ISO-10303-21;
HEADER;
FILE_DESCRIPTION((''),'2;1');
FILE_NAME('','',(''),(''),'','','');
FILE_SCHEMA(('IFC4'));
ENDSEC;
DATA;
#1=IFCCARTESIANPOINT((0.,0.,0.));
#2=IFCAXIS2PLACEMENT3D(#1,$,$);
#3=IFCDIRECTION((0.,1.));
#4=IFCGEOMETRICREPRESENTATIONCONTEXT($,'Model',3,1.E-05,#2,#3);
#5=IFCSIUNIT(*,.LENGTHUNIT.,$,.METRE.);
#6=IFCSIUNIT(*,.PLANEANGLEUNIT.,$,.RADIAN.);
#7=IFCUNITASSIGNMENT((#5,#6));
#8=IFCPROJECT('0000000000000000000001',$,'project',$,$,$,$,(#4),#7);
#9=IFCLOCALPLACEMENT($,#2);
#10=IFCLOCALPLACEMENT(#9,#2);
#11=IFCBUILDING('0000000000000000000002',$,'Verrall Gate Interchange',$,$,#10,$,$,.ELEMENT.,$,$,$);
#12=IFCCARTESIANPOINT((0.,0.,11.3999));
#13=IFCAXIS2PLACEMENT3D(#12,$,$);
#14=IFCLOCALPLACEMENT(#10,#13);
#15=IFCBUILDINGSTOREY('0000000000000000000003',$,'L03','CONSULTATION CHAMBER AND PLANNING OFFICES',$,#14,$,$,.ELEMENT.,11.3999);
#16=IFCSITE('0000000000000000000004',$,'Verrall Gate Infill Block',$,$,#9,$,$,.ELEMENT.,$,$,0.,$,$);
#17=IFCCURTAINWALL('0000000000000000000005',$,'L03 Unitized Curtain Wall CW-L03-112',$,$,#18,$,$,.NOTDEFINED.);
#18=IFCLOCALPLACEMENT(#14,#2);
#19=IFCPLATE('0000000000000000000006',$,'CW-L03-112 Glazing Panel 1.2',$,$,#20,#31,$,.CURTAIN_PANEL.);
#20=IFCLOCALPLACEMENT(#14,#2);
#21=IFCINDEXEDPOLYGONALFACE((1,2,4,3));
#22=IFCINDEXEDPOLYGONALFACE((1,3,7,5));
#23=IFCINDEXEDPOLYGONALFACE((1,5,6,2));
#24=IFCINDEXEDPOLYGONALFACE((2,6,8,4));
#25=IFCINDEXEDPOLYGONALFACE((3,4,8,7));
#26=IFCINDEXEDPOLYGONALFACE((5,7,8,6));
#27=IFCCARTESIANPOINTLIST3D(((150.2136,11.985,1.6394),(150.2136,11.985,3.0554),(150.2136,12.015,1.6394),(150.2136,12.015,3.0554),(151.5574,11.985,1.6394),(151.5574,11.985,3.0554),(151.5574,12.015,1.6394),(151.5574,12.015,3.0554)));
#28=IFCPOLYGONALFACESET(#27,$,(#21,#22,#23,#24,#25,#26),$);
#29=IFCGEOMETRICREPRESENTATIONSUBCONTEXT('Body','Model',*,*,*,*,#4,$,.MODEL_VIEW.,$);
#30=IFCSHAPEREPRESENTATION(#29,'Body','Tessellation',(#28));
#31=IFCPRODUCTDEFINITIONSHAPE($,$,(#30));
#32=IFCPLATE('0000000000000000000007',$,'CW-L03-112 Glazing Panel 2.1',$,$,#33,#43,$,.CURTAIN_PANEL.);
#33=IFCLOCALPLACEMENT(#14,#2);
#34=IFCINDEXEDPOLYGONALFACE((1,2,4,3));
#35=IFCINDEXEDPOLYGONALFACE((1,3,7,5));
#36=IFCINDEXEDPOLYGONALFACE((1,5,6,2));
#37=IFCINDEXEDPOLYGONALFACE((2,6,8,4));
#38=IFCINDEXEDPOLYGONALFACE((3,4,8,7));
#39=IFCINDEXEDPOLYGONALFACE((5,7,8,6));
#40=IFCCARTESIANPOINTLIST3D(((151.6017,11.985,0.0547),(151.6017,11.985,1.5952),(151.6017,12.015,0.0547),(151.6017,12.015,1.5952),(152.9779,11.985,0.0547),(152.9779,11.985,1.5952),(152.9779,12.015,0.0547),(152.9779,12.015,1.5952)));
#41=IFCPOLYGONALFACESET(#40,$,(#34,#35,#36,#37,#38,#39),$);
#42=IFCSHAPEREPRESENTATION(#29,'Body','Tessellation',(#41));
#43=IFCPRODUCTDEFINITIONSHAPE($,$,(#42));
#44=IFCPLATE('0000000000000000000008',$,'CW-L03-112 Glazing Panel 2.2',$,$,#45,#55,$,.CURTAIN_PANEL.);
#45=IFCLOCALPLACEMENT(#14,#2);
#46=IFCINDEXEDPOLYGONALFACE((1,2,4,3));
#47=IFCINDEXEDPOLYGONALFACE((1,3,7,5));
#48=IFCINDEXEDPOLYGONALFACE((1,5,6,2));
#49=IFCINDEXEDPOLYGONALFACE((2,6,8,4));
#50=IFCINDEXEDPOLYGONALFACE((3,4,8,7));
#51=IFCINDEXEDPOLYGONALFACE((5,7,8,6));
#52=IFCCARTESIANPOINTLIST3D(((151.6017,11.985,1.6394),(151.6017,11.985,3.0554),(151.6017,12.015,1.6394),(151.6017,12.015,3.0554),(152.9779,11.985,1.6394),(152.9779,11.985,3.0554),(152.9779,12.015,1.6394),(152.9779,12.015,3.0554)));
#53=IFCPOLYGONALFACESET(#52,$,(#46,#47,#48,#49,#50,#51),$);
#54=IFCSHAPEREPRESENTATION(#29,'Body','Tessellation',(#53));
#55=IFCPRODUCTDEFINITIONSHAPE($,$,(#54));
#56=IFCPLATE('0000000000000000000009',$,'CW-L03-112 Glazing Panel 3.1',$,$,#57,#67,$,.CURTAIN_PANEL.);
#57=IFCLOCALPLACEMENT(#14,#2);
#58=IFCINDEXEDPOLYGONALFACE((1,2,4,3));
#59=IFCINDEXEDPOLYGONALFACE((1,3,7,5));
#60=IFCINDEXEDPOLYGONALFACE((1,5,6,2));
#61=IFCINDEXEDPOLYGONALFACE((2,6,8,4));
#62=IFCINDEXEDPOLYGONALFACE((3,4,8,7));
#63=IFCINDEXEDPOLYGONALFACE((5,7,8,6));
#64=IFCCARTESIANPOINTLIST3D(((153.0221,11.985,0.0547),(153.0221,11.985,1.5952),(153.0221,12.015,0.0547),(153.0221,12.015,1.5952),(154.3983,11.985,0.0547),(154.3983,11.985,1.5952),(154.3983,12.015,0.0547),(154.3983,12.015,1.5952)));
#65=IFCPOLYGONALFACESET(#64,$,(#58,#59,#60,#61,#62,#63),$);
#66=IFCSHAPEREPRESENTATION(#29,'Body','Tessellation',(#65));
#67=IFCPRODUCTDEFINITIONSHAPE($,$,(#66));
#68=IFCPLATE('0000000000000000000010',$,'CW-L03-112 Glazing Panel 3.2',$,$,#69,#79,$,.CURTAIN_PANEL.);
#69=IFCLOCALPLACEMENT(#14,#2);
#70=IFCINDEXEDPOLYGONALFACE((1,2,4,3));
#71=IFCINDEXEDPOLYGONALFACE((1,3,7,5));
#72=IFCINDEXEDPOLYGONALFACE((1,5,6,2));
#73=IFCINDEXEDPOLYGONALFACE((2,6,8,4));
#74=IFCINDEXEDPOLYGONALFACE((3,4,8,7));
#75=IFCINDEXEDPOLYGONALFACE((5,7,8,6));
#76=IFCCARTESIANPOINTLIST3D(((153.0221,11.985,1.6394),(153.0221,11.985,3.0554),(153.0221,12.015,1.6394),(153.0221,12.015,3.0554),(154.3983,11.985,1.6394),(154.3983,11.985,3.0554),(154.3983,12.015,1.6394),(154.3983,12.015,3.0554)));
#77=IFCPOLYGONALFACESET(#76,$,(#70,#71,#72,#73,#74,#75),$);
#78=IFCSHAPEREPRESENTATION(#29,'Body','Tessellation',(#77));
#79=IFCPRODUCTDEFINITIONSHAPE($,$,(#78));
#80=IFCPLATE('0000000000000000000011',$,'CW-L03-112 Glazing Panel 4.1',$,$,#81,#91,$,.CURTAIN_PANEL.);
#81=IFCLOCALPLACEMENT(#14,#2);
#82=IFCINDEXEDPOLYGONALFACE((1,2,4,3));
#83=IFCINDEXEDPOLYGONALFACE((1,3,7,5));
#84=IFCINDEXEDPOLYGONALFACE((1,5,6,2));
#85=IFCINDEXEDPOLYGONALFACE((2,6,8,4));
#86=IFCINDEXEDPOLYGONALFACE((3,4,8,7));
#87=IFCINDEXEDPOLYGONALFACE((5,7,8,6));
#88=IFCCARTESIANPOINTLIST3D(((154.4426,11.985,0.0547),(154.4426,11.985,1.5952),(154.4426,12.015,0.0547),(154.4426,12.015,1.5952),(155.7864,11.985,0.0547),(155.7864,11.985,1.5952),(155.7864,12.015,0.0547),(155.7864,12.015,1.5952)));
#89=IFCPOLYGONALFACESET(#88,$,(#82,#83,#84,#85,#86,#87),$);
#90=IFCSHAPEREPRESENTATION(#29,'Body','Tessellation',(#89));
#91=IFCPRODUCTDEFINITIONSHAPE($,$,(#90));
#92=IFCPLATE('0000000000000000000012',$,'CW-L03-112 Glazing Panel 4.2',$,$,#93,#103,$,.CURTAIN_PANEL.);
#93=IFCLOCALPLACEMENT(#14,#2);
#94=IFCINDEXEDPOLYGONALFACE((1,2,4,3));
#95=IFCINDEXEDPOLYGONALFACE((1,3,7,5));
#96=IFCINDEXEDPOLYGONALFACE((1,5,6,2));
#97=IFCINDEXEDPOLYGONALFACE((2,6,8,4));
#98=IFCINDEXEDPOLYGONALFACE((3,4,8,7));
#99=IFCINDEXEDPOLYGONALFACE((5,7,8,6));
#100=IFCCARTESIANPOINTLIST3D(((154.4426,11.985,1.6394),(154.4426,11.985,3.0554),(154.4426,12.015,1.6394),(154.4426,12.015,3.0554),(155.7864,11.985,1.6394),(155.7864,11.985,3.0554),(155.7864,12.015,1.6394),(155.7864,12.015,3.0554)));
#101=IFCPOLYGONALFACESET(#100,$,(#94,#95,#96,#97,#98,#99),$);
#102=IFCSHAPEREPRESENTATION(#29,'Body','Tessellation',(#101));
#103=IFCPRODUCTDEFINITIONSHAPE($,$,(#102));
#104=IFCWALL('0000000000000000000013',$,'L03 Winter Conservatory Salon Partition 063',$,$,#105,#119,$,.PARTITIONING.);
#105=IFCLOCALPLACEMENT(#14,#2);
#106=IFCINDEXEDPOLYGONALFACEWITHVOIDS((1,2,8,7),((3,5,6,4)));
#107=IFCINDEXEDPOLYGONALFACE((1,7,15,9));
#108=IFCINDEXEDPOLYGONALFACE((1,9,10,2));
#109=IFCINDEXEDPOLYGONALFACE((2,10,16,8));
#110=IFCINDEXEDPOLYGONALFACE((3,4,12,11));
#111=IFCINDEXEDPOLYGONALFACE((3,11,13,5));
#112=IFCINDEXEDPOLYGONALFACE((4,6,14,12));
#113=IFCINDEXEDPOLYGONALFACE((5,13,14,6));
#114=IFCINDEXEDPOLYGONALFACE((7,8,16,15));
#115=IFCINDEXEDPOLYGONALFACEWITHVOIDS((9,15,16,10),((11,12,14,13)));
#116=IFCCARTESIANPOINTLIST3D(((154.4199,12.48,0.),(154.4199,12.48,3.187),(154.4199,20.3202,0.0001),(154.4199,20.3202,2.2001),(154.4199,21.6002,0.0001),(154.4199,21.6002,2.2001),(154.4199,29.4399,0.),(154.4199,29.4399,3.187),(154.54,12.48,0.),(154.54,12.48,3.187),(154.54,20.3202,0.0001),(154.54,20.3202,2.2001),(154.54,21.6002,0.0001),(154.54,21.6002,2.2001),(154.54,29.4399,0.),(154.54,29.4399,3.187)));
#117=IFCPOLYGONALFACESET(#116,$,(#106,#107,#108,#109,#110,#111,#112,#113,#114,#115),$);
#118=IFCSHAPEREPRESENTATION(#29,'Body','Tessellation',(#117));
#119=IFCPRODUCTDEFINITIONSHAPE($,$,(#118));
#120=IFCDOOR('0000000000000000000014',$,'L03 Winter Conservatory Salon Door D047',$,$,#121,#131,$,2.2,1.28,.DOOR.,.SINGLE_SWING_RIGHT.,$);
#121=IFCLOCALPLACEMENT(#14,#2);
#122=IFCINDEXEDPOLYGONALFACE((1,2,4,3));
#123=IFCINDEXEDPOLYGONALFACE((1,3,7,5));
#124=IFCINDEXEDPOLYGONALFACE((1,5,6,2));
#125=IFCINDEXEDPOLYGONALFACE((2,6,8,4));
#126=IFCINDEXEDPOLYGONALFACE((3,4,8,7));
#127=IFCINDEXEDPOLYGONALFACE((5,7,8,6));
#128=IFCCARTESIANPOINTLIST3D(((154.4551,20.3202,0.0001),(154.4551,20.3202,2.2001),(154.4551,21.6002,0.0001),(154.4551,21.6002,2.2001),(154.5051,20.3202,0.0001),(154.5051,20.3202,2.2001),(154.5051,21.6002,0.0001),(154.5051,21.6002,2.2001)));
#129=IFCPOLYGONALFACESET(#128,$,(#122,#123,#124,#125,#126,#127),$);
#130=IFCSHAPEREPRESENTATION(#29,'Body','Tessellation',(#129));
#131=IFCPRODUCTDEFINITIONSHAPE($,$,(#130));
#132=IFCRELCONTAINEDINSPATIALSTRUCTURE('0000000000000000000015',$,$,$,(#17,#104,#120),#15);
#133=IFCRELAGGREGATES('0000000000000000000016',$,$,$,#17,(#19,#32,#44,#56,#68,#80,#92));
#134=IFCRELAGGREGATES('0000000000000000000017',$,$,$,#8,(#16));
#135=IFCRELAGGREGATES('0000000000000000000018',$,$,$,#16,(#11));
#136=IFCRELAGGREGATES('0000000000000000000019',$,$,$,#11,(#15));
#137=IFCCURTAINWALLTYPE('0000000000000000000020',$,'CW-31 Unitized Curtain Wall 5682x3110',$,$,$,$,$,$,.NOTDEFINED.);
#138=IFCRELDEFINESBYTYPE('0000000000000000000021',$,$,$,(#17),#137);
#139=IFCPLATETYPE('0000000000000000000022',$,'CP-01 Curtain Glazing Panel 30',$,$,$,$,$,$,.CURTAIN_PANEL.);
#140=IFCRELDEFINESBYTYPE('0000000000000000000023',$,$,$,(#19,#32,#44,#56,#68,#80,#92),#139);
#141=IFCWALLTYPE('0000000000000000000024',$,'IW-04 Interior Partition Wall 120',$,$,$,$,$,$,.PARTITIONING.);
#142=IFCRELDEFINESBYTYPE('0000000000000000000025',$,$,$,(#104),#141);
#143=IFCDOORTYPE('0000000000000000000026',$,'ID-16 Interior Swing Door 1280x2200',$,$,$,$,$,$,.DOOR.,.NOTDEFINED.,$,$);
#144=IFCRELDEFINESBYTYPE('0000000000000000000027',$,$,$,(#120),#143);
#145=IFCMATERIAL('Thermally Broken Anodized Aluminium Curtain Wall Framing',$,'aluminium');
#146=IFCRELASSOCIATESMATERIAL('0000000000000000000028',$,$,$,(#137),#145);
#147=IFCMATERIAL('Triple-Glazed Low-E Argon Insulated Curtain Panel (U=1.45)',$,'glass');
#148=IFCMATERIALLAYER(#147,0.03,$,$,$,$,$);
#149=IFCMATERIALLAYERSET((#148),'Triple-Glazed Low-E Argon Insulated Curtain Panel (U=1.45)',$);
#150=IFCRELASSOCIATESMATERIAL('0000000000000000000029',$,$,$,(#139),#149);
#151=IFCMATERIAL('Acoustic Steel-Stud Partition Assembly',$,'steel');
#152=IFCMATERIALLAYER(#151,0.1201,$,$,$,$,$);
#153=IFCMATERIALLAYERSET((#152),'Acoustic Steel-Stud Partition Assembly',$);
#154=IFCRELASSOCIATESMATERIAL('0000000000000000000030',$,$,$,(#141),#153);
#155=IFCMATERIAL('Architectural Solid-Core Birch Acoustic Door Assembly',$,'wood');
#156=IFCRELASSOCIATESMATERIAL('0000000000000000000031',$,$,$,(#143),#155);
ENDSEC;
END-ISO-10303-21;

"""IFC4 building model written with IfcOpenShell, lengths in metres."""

from ifc_helpers import new_model, si_unit, direction, frame, frame_2d, origin, origin_2d, place, context, subcontext, project, spatial, rectangle, extrude, material, layer, layer_set, type_object, element, fill, aggregate, save


model = new_model("IFC4")

# Units and contexts
model_context = context("Model", 3, precision=1e-05, world=origin(), true_north=direction((0.0, 1.0)))
body_context = subcontext(model_context, "Body", "Model", "MODEL_VIEW")
ifc_project = project(units=[si_unit("LENGTHUNIT", "METRE"), si_unit("PLANEANGLEUNIT", "RADIAN")], contexts=[model_context])

# Site, building, storey
site_placement = place(None, origin())
site = spatial("IfcSite", under=ifc_project, at=site_placement, Name="Verrall Gate Infill Block", CompositionType="ELEMENT", RefElevation=0.0)
building_placement = place(site_placement, origin())
building = spatial("IfcBuilding", under=site, at=building_placement, Name="Verrall Gate Interchange", CompositionType="ELEMENT")
storey_placement = place(building_placement, frame((0.0, 0.0, 11.3999)))
storey = spatial("IfcBuildingStorey", under=building, at=storey_placement, Name="L03", Description="CONSULTATION CHAMBER AND PLANNING OFFICES", CompositionType="ELEMENT", Elevation=11.3999)

# Curtain wall
ifc_material_1 = material(Name="Thermally Broken Anodized Aluminium Curtain Wall Framing", Category="aluminium")
curtain_wall_type = type_object("IfcCurtainWallType", Name="CW-31 Unitized Curtain Wall 5682x3110", PredefinedType="NOTDEFINED", material=ifc_material_1)
curtain_wall_placement = place(storey_placement, origin())
curtain_wall = element("IfcCurtainWall", 1, at=curtain_wall_placement, inside=storey, type_object=curtain_wall_type, Name="L03 Unitized Curtain Wall CW-L03-112", PredefinedType="NOTDEFINED")

# Plates
ifc_material_2 = material(Name="Triple-Glazed Low-E Argon Insulated Curtain Panel (U=1.45)", Category="glass")
ifc_layer_1 = layer(ifc_material_2, 0.03)
ifc_layer_set_1 = layer_set([ifc_layer_1], Name="Triple-Glazed Low-E Argon Insulated Curtain Panel (U=1.45)")
plate_type = type_object("IfcPlateType", Name="CP-01 Curtain Glazing Panel 30", PredefinedType="CURTAIN_PANEL", material=ifc_layer_set_1)
plate_1_placement = place(storey_placement, frame((150.8855, 12.0, 1.6394), z_axis=(0.0, 0.0, 1.0), x_axis=(1.0, 0.0, 0.0)))
plate_1 = element("IfcPlate", 2, at=plate_1_placement, type_object=plate_type, Name="CW-L03-112 Glazing Panel 1.2", PredefinedType="CURTAIN_PANEL", context=body_context, shape_type="SweptSolid", body=[
    extrude(rectangle(XDim=1.3438, YDim=0.03, at=origin_2d()), origin(), (0.0, 0.0, 1.0), 1.416),
])
plate_2_placement = place(storey_placement, frame((152.2898, 12.0, 0.0547), z_axis=(0.0, 0.0, 1.0), x_axis=(1.0, 0.0, 0.0)))
plate_2 = element("IfcPlate", 3, at=plate_2_placement, type_object=plate_type, Name="CW-L03-112 Glazing Panel 2.1", PredefinedType="CURTAIN_PANEL", context=body_context, shape_type="SweptSolid", body=[
    extrude(rectangle(XDim=1.3762, YDim=0.03, at=origin_2d()), origin(), (0.0, 0.0, 1.0), 1.5405),
])
plate_3_placement = place(storey_placement, frame((152.2898, 12.0, 1.6394), z_axis=(0.0, 0.0, 1.0), x_axis=(1.0, 0.0, 0.0)))
plate_3 = element("IfcPlate", 4, at=plate_3_placement, type_object=plate_type, Name="CW-L03-112 Glazing Panel 2.2", PredefinedType="CURTAIN_PANEL", context=body_context, shape_type="SweptSolid", body=[
    extrude(rectangle(XDim=1.3762, YDim=0.03, at=origin_2d()), origin(), (0.0, 0.0, 1.0), 1.416),
])
plate_4_placement = place(storey_placement, frame((153.7102, 12.0, 0.0547), z_axis=(0.0, 0.0, 1.0), x_axis=(1.0, 0.0, 0.0)))
plate_4 = element("IfcPlate", 5, at=plate_4_placement, type_object=plate_type, Name="CW-L03-112 Glazing Panel 3.1", PredefinedType="CURTAIN_PANEL", context=body_context, shape_type="SweptSolid", body=[
    extrude(rectangle(XDim=1.3762, YDim=0.03, at=origin_2d()), origin(), (0.0, 0.0, 1.0), 1.5405),
])
plate_5_placement = place(storey_placement, frame((153.7102, 12.0, 1.6394), z_axis=(0.0, 0.0, 1.0), x_axis=(1.0, 0.0, 0.0)))
plate_5 = element("IfcPlate", 6, at=plate_5_placement, type_object=plate_type, Name="CW-L03-112 Glazing Panel 3.2", PredefinedType="CURTAIN_PANEL", context=body_context, shape_type="SweptSolid", body=[
    extrude(rectangle(XDim=1.3762, YDim=0.03, at=origin_2d()), origin(), (0.0, 0.0, 1.0), 1.416),
])
plate_6_placement = place(storey_placement, frame((155.1145, 12.0, 0.0547), z_axis=(0.0, 0.0, 1.0), x_axis=(1.0, 0.0, 0.0)))
plate_6 = element("IfcPlate", 7, at=plate_6_placement, type_object=plate_type, Name="CW-L03-112 Glazing Panel 4.1", PredefinedType="CURTAIN_PANEL", context=body_context, shape_type="SweptSolid", body=[
    extrude(rectangle(XDim=1.3438, YDim=0.03, at=origin_2d()), origin(), (0.0, 0.0, 1.0), 1.5405),
])
plate_7_placement = place(storey_placement, frame((155.1145, 12.0, 1.6394), z_axis=(0.0, 0.0, 1.0), x_axis=(1.0, 0.0, 0.0)))
plate_7 = element("IfcPlate", 8, at=plate_7_placement, type_object=plate_type, Name="CW-L03-112 Glazing Panel 4.2", PredefinedType="CURTAIN_PANEL", context=body_context, shape_type="SweptSolid", body=[
    extrude(rectangle(XDim=1.3438, YDim=0.03, at=origin_2d()), origin(), (0.0, 0.0, 1.0), 1.416),
])
aggregate(curtain_wall, [plate_1, plate_2, plate_3, plate_4, plate_5, plate_6, plate_7])

# Wall, opening, door
ifc_material_3 = material(Name="Acoustic Steel-Stud Partition Assembly", Category="steel")
ifc_layer_2 = layer(ifc_material_3, 0.1201)
ifc_layer_set_2 = layer_set([ifc_layer_2], Name="Acoustic Steel-Stud Partition Assembly")
wall_type = type_object("IfcWallType", Name="IW-04 Interior Partition Wall 120", PredefinedType="PARTITIONING", material=ifc_layer_set_2)
wall_placement = place(storey_placement, frame((154.48, 12.48, 0.0), z_axis=(0.0, 0.0, 1.0), x_axis=(0.0, 1.0, 0.0)))
wall = element("IfcWall", 9, at=wall_placement, inside=storey, type_object=wall_type, Name="L03 Winter Conservatory Salon Partition 063", PredefinedType="PARTITIONING", context=body_context, shape_type="SweptSolid", body=[
    extrude(rectangle(XDim=16.96, YDim=0.1201, at=frame_2d((8.48, 0.0))), origin(), (0.0, 0.0, 1.0), 3.187),
])
opening_placement = place(wall_placement, frame((7.8401, 0.0, 0.0)))
opening = element("IfcOpeningElement", 10, at=opening_placement, cuts=wall, PredefinedType="OPENING", context=body_context, shape_type="SweptSolid", body=[
    extrude(rectangle(XDim=1.28, YDim=2.2, at=frame_2d((0.6401, 1.1001))), frame((0.0, 0.075, 0.0), z_axis=(0.0, -1.0, 0.0), x_axis=(1.0, 0.0, 0.0)), (0.0, 0.0, 1.0), 0.1499),
])
ifc_material_4 = material(Name="Architectural Solid-Core Birch Acoustic Door Assembly", Category="wood")
door_type = type_object("IfcDoorType", Name="ID-16 Interior Swing Door 1280x2200", OperationType="NOTDEFINED", PredefinedType="DOOR", material=ifc_material_4)
door_placement = place(opening_placement, origin())
door = element("IfcDoor", 11, at=door_placement, inside=storey, type_object=door_type, Name="L03 Winter Conservatory Salon Door D047", OperationType="SINGLE_SWING_RIGHT", OverallHeight=2.2, OverallWidth=1.28, PredefinedType="DOOR", context=body_context, shape_type="SweptSolid", body=[
    extrude(rectangle(XDim=1.28, YDim=2.2, at=frame_2d((0.6401, 1.1001))), frame((0.0, 0.0249, 0.0), z_axis=(0.0, -1.0, 0.0), x_axis=(1.0, 0.0, 0.0)), (0.0, 0.0, 1.0), 0.05),
])
fill(opening, door)

save(model, "model.ifc")
